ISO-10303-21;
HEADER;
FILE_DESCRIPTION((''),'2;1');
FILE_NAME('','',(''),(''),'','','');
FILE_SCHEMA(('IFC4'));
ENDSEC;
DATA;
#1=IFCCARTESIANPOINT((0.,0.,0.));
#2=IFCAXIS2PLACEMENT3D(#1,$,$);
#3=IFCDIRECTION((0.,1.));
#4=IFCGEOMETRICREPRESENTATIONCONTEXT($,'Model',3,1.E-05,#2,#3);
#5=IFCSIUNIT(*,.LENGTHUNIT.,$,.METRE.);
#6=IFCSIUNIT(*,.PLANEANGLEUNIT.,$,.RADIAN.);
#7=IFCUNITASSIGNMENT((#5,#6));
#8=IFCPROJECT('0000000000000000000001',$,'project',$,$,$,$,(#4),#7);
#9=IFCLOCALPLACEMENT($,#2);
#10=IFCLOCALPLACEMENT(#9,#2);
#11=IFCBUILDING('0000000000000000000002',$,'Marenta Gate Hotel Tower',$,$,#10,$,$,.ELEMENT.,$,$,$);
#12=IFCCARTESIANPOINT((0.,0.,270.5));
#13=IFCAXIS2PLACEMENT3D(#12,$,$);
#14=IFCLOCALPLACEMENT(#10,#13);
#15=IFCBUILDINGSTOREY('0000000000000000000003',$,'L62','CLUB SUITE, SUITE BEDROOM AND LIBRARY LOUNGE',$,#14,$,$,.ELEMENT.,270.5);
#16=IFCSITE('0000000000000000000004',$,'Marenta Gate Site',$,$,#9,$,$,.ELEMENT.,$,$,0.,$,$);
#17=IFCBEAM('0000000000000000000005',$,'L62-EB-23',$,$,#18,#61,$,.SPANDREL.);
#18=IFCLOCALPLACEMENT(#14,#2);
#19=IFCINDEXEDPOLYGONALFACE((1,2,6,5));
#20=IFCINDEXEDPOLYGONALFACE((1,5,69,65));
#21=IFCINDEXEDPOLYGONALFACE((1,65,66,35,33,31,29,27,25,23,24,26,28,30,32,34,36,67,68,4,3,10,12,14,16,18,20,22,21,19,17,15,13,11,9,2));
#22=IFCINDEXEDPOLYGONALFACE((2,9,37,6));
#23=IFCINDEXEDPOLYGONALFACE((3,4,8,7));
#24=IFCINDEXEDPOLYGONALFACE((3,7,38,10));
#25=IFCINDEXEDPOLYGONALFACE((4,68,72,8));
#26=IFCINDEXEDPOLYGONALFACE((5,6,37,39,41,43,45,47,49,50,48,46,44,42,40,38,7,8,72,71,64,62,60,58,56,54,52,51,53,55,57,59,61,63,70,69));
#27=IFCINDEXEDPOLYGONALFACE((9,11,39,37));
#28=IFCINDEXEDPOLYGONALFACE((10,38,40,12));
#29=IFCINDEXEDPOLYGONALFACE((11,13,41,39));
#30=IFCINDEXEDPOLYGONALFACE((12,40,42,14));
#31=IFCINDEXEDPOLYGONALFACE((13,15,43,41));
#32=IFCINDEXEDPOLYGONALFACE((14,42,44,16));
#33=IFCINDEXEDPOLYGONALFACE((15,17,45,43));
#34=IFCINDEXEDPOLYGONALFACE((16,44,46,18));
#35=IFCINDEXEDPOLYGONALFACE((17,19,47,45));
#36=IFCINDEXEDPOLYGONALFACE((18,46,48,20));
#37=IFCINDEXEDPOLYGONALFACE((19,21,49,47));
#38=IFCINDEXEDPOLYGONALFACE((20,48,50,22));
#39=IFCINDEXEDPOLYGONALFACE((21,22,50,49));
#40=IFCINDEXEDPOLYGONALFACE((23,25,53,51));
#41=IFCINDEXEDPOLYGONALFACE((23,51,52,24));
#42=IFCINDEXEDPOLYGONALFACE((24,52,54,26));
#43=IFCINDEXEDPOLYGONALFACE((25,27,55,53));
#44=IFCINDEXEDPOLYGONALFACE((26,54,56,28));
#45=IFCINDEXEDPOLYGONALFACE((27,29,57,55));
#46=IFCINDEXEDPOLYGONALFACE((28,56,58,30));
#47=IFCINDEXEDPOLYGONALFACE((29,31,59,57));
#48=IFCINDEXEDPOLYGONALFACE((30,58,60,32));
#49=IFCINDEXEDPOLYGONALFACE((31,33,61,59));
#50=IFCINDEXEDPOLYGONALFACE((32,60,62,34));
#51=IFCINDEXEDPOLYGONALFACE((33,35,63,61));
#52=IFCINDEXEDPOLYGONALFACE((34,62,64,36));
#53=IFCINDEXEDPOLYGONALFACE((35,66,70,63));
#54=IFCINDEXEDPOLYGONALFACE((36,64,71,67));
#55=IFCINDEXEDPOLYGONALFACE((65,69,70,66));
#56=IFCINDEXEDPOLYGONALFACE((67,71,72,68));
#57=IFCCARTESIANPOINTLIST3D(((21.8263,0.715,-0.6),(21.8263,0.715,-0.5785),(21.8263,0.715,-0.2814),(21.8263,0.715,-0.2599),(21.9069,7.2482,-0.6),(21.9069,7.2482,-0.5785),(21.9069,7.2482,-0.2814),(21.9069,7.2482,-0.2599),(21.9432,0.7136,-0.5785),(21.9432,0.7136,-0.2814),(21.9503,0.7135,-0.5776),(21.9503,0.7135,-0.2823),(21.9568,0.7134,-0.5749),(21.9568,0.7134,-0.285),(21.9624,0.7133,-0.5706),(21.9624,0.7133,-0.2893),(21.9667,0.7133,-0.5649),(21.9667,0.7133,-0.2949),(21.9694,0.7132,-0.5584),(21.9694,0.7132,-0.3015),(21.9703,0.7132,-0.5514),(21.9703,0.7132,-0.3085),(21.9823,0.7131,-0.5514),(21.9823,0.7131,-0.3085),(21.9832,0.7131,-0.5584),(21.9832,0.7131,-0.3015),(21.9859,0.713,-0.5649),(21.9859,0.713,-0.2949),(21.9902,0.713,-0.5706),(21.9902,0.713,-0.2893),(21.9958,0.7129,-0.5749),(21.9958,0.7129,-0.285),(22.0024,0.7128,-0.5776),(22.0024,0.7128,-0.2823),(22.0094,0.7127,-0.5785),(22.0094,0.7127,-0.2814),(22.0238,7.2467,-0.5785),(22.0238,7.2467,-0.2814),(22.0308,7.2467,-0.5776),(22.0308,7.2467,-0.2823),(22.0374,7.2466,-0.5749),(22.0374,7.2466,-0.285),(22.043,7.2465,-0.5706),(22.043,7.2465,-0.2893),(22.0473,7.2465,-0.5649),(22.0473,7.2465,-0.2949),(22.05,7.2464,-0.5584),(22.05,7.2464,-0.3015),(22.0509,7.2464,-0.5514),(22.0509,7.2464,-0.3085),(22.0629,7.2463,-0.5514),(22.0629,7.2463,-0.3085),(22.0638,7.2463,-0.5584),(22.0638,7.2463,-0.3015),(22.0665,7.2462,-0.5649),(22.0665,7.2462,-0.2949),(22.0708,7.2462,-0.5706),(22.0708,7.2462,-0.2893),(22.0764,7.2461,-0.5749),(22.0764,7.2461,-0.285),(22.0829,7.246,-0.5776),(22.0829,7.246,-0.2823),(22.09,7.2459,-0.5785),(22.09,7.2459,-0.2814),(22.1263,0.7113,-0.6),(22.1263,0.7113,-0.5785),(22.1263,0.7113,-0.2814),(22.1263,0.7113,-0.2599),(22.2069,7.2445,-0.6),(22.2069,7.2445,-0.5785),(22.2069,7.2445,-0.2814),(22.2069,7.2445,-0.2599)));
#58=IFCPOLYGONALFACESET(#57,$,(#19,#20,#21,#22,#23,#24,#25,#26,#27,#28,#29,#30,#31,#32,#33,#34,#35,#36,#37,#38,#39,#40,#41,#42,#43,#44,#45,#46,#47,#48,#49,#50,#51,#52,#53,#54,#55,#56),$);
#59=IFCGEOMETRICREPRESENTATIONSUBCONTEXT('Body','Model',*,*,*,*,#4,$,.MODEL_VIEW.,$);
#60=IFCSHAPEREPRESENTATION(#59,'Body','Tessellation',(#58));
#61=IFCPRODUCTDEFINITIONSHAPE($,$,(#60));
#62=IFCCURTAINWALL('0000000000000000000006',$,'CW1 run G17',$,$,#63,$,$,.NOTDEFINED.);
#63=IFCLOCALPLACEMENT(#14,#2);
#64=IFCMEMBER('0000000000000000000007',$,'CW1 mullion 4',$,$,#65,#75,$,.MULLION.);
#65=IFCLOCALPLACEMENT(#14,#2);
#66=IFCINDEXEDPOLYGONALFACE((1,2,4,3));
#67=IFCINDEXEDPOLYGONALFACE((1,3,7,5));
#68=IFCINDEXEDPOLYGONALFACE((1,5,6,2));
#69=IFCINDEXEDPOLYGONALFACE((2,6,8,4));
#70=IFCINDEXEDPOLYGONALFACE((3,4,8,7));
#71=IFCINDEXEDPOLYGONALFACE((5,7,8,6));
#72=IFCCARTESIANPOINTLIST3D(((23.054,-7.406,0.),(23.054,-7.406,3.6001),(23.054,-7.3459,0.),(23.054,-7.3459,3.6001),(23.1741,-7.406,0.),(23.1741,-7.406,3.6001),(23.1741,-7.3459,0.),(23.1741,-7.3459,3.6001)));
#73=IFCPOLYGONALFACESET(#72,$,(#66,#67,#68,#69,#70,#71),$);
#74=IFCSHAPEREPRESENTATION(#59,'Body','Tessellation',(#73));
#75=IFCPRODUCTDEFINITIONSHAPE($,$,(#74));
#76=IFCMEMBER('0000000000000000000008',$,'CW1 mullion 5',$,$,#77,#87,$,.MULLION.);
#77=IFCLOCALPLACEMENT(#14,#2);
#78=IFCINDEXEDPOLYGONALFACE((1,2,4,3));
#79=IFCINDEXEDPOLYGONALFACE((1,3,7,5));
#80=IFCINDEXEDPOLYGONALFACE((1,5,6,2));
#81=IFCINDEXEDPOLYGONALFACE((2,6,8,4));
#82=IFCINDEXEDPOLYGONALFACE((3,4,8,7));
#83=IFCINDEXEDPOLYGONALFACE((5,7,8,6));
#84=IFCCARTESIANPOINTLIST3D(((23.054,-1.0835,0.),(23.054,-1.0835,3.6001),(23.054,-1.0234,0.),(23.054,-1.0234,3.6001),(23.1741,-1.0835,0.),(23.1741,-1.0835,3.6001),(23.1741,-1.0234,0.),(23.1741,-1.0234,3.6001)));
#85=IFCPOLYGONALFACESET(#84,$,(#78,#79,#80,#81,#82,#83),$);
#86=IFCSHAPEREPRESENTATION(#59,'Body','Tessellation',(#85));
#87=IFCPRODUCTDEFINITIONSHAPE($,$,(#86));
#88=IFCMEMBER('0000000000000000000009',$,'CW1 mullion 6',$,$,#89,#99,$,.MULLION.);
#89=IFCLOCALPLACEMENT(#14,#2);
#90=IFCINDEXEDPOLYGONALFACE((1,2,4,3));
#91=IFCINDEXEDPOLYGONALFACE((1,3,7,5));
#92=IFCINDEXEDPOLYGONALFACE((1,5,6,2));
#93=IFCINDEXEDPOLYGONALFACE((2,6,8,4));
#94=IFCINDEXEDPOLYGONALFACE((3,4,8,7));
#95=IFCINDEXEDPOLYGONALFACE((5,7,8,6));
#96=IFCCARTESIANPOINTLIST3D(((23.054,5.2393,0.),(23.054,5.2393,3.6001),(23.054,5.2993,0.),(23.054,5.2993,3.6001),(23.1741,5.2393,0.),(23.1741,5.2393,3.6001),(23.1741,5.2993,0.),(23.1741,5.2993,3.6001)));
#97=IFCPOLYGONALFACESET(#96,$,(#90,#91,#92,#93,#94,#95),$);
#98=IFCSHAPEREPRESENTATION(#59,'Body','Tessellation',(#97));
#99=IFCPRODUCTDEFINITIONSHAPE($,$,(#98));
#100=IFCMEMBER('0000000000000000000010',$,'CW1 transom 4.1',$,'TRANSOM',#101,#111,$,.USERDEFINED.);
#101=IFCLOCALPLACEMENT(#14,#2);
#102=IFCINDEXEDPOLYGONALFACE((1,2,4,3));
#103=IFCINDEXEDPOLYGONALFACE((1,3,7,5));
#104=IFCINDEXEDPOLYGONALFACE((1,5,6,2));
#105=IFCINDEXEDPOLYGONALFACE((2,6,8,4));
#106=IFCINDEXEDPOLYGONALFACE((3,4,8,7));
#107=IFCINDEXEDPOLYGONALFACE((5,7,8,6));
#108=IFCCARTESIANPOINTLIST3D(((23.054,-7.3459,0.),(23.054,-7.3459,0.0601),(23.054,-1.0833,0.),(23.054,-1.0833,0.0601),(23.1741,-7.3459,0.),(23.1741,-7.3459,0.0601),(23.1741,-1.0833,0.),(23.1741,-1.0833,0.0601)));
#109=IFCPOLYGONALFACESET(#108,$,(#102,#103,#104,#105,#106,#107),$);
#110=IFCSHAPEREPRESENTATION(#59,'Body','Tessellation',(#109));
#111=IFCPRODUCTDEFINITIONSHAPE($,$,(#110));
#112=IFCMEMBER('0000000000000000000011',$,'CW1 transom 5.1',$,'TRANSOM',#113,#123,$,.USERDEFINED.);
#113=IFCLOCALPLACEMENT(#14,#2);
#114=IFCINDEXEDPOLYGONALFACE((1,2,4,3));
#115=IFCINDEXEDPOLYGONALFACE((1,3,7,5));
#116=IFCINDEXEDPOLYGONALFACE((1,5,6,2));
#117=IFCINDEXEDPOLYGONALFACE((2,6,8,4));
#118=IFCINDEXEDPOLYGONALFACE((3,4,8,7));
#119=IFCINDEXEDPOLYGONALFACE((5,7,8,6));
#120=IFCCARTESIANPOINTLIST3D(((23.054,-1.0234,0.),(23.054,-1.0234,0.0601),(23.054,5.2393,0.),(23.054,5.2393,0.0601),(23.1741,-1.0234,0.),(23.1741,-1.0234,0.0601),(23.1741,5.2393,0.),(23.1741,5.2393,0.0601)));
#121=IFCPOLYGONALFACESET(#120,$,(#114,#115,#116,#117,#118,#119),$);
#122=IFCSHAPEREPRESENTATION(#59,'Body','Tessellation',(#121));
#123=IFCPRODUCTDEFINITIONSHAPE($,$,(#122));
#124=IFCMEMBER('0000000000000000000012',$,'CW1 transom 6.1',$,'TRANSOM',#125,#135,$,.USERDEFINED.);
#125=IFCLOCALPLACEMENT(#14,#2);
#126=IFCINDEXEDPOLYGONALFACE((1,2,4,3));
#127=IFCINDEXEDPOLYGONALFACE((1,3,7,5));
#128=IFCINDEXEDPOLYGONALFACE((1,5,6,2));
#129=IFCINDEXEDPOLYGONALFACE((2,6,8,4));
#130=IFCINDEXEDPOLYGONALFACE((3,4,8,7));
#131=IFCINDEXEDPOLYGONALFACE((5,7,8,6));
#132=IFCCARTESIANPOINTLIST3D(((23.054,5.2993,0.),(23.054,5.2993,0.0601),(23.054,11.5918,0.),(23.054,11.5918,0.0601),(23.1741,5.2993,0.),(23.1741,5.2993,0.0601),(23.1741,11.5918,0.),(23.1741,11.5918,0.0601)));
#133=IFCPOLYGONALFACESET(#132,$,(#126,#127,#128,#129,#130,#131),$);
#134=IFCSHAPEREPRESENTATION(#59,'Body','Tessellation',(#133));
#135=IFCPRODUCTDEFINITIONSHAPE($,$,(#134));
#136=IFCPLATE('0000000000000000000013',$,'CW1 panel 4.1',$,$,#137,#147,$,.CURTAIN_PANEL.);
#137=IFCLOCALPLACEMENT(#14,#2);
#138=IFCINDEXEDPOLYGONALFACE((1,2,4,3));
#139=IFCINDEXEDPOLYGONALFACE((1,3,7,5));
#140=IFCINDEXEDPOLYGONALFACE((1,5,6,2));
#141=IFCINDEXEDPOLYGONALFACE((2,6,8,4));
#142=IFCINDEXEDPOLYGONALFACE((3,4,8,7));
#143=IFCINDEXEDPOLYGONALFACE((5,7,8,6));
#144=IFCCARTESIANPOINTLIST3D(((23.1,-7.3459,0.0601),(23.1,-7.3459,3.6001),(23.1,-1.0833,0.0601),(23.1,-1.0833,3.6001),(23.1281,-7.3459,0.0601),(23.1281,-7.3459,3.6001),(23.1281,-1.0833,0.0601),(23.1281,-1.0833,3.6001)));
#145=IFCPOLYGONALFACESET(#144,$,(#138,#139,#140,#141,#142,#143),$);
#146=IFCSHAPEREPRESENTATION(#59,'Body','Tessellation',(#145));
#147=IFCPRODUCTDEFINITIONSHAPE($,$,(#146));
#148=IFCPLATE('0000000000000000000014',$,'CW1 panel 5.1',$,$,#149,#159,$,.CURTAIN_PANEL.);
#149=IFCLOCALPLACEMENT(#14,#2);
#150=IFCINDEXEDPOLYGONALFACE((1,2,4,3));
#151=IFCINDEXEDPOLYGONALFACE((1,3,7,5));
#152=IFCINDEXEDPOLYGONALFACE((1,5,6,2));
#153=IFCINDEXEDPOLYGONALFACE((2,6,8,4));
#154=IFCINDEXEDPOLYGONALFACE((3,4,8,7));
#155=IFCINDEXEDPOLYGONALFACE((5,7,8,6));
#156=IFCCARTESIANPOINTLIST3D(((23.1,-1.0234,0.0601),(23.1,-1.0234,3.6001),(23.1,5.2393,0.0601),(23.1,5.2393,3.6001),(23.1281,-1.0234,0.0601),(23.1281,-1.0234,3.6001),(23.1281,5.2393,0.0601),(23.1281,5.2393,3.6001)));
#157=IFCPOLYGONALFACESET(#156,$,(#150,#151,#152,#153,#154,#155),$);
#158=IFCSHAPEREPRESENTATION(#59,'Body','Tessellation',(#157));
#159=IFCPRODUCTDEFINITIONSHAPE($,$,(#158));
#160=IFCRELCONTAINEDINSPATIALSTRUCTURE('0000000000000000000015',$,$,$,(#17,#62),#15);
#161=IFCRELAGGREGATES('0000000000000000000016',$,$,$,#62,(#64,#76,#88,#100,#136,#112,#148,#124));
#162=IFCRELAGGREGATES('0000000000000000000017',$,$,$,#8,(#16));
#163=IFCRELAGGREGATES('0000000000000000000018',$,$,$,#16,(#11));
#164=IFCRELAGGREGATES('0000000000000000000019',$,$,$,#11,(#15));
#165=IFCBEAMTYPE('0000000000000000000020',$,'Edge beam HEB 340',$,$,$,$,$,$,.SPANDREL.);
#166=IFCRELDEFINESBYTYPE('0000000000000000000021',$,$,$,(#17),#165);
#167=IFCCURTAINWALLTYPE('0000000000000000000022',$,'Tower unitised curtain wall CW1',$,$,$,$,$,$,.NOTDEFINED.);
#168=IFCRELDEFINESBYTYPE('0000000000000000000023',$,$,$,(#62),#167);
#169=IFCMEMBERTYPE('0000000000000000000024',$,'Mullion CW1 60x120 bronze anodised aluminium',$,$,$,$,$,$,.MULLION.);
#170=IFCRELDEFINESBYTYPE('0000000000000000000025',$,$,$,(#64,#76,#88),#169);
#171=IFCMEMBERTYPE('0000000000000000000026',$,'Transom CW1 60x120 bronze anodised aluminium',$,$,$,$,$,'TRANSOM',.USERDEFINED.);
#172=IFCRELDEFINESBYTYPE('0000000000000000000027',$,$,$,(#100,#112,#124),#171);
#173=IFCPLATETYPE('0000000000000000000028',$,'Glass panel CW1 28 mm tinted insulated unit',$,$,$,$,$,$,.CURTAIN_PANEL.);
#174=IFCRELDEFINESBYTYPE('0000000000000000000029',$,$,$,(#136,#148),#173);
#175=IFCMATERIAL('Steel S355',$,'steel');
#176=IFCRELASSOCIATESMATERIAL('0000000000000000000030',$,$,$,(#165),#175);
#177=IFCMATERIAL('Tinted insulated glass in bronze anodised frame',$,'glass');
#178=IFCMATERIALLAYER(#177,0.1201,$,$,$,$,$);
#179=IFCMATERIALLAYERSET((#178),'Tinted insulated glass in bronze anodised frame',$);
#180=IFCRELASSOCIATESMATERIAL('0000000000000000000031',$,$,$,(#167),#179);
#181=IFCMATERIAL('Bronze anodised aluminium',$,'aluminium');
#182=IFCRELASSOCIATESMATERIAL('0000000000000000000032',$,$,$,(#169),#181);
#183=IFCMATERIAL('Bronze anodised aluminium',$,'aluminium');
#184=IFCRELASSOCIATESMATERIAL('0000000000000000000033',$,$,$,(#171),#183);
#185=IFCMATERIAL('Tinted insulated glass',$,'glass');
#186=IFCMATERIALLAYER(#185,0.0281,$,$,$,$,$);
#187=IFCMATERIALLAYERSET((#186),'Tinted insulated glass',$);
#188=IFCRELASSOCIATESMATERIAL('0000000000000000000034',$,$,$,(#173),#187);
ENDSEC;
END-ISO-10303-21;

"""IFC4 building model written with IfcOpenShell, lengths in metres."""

from ifc_helpers import new_model, si_unit, direction, frame, origin, origin_2d, place, context, subcontext, project, spatial, rectangle, i_section, extrude, material, layer, layer_set, material_profile, profile_set, type_object, element, aggregate, save


model = new_model("IFC4")

# Units and contexts
model_context = context("Model", 3, precision=1e-05, world=origin(), true_north=direction((0.0, 1.0)))
body_context = subcontext(model_context, "Body", "Model", "MODEL_VIEW")
ifc_project = project(units=[si_unit("LENGTHUNIT", "METRE"), si_unit("PLANEANGLEUNIT", "RADIAN")], contexts=[model_context])

# Site, building, storey
site_placement = place(None, origin())
site = spatial("IfcSite", under=ifc_project, at=site_placement, Name="Marenta Gate Site", CompositionType="ELEMENT", RefElevation=0.0)
building_placement = place(site_placement, origin())
building = spatial("IfcBuilding", under=site, at=building_placement, Name="Marenta Gate Hotel Tower", CompositionType="ELEMENT")
storey_placement = place(building_placement, frame((0.0, 0.0, 270.5)))
storey = spatial("IfcBuildingStorey", under=building, at=storey_placement, Name="L62", Description="CLUB SUITE, SUITE BEDROOM AND LIBRARY LOUNGE", CompositionType="ELEMENT", Elevation=270.5)

# Beam
ifc_material_1 = material(Name="Steel S355", Category="steel")
ifc_material_profile_1 = material_profile(ifc_material_1, i_section(OverallWidth=0.3, OverallDepth=0.3401, WebThickness=0.012, FlangeThickness=0.0215, FilletRadius=0.0271, at=origin_2d()), Name="HEB 340")
ifc_profile_set_1 = profile_set([ifc_material_profile_1], Name="Steel S355")
beam_type = type_object("IfcBeamType", Name="Edge beam HEB 340", PredefinedType="SPANDREL", material=ifc_profile_set_1)
beam_placement = place(storey_placement, frame((22.0569, 7.2463, -0.4299), z_axis=(-0.012331, -0.999924, 0.0), x_axis=(0.999924, -0.012331, 0.0)))
element("IfcBeam", 1, at=beam_placement, inside=storey, type_object=beam_type, Name="L62-EB-23", PredefinedType="SPANDREL", context=body_context, shape_type="SweptSolid", body=[
    extrude(i_section(OverallWidth=0.3, OverallDepth=0.3401, WebThickness=0.012, FlangeThickness=0.0215, FilletRadius=0.0271, at=origin_2d()), origin(), (0.0, 0.0, 1.0), 6.5337),
])

# Curtain wall, members, plates
ifc_material_2 = material(Name="Tinted insulated glass in bronze anodised frame", Category="glass")
ifc_layer_1 = layer(ifc_material_2, 0.1201)
ifc_layer_set_1 = layer_set([ifc_layer_1], Name="Tinted insulated glass in bronze anodised frame")
curtain_wall_type = type_object("IfcCurtainWallType", Name="Tower unitised curtain wall CW1", PredefinedType="NOTDEFINED", material=ifc_layer_set_1)
curtain_wall_placement = place(storey_placement, origin())
curtain_wall = element("IfcCurtainWall", 2, at=curtain_wall_placement, inside=storey, type_object=curtain_wall_type, Name="CW1 run G17", PredefinedType="NOTDEFINED")
ifc_material_3 = material(Name="Bronze anodised aluminium", Category="aluminium")
ifc_material_profile_2 = material_profile(ifc_material_3, rectangle(XDim=0.1201, YDim=0.0601, at=origin_2d()), Name="Mullion CW1 60x120 bronze anodised aluminium")
ifc_profile_set_2 = profile_set([ifc_material_profile_2], Name="Bronze anodised aluminium")
member_type_1 = type_object("IfcMemberType", Name="Mullion CW1 60x120 bronze anodised aluminium", PredefinedType="MULLION", material=ifc_profile_set_2)
member_1_placement = place(storey_placement, frame((23.114, -7.376, 0.0), z_axis=(0.0, 0.0, 1.0), x_axis=(-1.0, 0.0, 0.0)))
member_1 = element("IfcMember", 3, at=member_1_placement, type_object=member_type_1, Name="CW1 mullion 4", PredefinedType="MULLION", context=body_context, shape_type="SweptSolid", body=[
    extrude(rectangle(XDim=0.1201, YDim=0.0601, at=origin_2d()), origin(), (0.0, 0.0, 1.0), 3.6001),
])
member_2_placement = place(storey_placement, frame((23.114, -1.0535, 0.0), z_axis=(0.0, 0.0, 1.0), x_axis=(-1.0, 0.0, 0.0)))
member_2 = element("IfcMember", 4, at=member_2_placement, type_object=member_type_1, Name="CW1 mullion 5", PredefinedType="MULLION", context=body_context, shape_type="SweptSolid", body=[
    extrude(rectangle(XDim=0.1201, YDim=0.0601, at=origin_2d()), origin(), (0.0, 0.0, 1.0), 3.6001),
])
member_3_placement = place(storey_placement, frame((23.114, 5.2693, 0.0), z_axis=(0.0, 0.0, 1.0), x_axis=(-1.0, 0.0, 0.0)))
member_3 = element("IfcMember", 5, at=member_3_placement, type_object=member_type_1, Name="CW1 mullion 6", PredefinedType="MULLION", context=body_context, shape_type="SweptSolid", body=[
    extrude(rectangle(XDim=0.1201, YDim=0.0601, at=origin_2d()), origin(), (0.0, 0.0, 1.0), 3.6001),
])
ifc_material_4 = material(Name="Bronze anodised aluminium", Category="aluminium")
ifc_material_profile_3 = material_profile(ifc_material_4, rectangle(XDim=0.1201, YDim=0.0601, at=origin_2d()), Name="Transom CW1 60x120 bronze anodised aluminium")
ifc_profile_set_3 = profile_set([ifc_material_profile_3], Name="Bronze anodised aluminium")
member_type_2 = type_object("IfcMemberType", Name="Transom CW1 60x120 bronze anodised aluminium", ElementType="TRANSOM", PredefinedType="USERDEFINED", material=ifc_profile_set_3)
member_4_placement = place(storey_placement, frame((23.114, -7.3459, 0.03), z_axis=(0.0, 1.0, 0.0), x_axis=(-1.0, 0.0, 0.0)))
member_4 = element("IfcMember", 6, at=member_4_placement, type_object=member_type_2, Name="CW1 transom 4.1", ObjectType="TRANSOM", PredefinedType="USERDEFINED", context=body_context, shape_type="SweptSolid", body=[
    extrude(rectangle(XDim=0.1201, YDim=0.0601, at=origin_2d()), origin(), (0.0, 0.0, 1.0), 6.2627),
])
member_5_placement = place(storey_placement, frame((23.114, -1.0234, 0.03), z_axis=(0.0, 1.0, 0.0), x_axis=(-1.0, 0.0, 0.0)))
member_5 = element("IfcMember", 7, at=member_5_placement, type_object=member_type_2, Name="CW1 transom 5.1", ObjectType="TRANSOM", PredefinedType="USERDEFINED", context=body_context, shape_type="SweptSolid", body=[
    extrude(rectangle(XDim=0.1201, YDim=0.0601, at=origin_2d()), origin(), (0.0, 0.0, 1.0), 6.2627),
])
member_6_placement = place(storey_placement, frame((23.114, 5.2993, 0.03), z_axis=(0.0, 1.0, 0.0), x_axis=(-1.0, 0.0, 0.0)))
member_6 = element("IfcMember", 8, at=member_6_placement, type_object=member_type_2, Name="CW1 transom 6.1", ObjectType="TRANSOM", PredefinedType="USERDEFINED", context=body_context, shape_type="SweptSolid", body=[
    extrude(rectangle(XDim=0.1201, YDim=0.0601, at=origin_2d()), origin(), (0.0, 0.0, 1.0), 6.2925),
])
ifc_material_5 = material(Name="Tinted insulated glass", Category="glass")
ifc_layer_2 = layer(ifc_material_5, 0.0281)
ifc_layer_set_2 = layer_set([ifc_layer_2], Name="Tinted insulated glass")
plate_type = type_object("IfcPlateType", Name="Glass panel CW1 28 mm tinted insulated unit", PredefinedType="CURTAIN_PANEL", material=ifc_layer_set_2)
plate_1_placement = place(storey_placement, frame((23.114, -4.2146, 0.0601), z_axis=(0.0, 0.0, 1.0), x_axis=(0.0, 1.0, 0.0)))
plate_1 = element("IfcPlate", 9, at=plate_1_placement, type_object=plate_type, Name="CW1 panel 4.1", PredefinedType="CURTAIN_PANEL", context=body_context, shape_type="SweptSolid", body=[
    extrude(rectangle(XDim=6.2627, YDim=0.0281, at=origin_2d()), origin(), (0.0, 0.0, 1.0), 3.54),
])
plate_2_placement = place(storey_placement, frame((23.114, 2.1079, 0.0601), z_axis=(0.0, 0.0, 1.0), x_axis=(0.0, 1.0, 0.0)))
plate_2 = element("IfcPlate", 10, at=plate_2_placement, type_object=plate_type, Name="CW1 panel 5.1", PredefinedType="CURTAIN_PANEL", context=body_context, shape_type="SweptSolid", body=[
    extrude(rectangle(XDim=6.2627, YDim=0.0281, at=origin_2d()), origin(), (0.0, 0.0, 1.0), 3.54),
])
aggregate(curtain_wall, [member_1, member_2, member_3, member_4, plate_1, member_5, plate_2, member_6])

save(model, "model.ifc")
